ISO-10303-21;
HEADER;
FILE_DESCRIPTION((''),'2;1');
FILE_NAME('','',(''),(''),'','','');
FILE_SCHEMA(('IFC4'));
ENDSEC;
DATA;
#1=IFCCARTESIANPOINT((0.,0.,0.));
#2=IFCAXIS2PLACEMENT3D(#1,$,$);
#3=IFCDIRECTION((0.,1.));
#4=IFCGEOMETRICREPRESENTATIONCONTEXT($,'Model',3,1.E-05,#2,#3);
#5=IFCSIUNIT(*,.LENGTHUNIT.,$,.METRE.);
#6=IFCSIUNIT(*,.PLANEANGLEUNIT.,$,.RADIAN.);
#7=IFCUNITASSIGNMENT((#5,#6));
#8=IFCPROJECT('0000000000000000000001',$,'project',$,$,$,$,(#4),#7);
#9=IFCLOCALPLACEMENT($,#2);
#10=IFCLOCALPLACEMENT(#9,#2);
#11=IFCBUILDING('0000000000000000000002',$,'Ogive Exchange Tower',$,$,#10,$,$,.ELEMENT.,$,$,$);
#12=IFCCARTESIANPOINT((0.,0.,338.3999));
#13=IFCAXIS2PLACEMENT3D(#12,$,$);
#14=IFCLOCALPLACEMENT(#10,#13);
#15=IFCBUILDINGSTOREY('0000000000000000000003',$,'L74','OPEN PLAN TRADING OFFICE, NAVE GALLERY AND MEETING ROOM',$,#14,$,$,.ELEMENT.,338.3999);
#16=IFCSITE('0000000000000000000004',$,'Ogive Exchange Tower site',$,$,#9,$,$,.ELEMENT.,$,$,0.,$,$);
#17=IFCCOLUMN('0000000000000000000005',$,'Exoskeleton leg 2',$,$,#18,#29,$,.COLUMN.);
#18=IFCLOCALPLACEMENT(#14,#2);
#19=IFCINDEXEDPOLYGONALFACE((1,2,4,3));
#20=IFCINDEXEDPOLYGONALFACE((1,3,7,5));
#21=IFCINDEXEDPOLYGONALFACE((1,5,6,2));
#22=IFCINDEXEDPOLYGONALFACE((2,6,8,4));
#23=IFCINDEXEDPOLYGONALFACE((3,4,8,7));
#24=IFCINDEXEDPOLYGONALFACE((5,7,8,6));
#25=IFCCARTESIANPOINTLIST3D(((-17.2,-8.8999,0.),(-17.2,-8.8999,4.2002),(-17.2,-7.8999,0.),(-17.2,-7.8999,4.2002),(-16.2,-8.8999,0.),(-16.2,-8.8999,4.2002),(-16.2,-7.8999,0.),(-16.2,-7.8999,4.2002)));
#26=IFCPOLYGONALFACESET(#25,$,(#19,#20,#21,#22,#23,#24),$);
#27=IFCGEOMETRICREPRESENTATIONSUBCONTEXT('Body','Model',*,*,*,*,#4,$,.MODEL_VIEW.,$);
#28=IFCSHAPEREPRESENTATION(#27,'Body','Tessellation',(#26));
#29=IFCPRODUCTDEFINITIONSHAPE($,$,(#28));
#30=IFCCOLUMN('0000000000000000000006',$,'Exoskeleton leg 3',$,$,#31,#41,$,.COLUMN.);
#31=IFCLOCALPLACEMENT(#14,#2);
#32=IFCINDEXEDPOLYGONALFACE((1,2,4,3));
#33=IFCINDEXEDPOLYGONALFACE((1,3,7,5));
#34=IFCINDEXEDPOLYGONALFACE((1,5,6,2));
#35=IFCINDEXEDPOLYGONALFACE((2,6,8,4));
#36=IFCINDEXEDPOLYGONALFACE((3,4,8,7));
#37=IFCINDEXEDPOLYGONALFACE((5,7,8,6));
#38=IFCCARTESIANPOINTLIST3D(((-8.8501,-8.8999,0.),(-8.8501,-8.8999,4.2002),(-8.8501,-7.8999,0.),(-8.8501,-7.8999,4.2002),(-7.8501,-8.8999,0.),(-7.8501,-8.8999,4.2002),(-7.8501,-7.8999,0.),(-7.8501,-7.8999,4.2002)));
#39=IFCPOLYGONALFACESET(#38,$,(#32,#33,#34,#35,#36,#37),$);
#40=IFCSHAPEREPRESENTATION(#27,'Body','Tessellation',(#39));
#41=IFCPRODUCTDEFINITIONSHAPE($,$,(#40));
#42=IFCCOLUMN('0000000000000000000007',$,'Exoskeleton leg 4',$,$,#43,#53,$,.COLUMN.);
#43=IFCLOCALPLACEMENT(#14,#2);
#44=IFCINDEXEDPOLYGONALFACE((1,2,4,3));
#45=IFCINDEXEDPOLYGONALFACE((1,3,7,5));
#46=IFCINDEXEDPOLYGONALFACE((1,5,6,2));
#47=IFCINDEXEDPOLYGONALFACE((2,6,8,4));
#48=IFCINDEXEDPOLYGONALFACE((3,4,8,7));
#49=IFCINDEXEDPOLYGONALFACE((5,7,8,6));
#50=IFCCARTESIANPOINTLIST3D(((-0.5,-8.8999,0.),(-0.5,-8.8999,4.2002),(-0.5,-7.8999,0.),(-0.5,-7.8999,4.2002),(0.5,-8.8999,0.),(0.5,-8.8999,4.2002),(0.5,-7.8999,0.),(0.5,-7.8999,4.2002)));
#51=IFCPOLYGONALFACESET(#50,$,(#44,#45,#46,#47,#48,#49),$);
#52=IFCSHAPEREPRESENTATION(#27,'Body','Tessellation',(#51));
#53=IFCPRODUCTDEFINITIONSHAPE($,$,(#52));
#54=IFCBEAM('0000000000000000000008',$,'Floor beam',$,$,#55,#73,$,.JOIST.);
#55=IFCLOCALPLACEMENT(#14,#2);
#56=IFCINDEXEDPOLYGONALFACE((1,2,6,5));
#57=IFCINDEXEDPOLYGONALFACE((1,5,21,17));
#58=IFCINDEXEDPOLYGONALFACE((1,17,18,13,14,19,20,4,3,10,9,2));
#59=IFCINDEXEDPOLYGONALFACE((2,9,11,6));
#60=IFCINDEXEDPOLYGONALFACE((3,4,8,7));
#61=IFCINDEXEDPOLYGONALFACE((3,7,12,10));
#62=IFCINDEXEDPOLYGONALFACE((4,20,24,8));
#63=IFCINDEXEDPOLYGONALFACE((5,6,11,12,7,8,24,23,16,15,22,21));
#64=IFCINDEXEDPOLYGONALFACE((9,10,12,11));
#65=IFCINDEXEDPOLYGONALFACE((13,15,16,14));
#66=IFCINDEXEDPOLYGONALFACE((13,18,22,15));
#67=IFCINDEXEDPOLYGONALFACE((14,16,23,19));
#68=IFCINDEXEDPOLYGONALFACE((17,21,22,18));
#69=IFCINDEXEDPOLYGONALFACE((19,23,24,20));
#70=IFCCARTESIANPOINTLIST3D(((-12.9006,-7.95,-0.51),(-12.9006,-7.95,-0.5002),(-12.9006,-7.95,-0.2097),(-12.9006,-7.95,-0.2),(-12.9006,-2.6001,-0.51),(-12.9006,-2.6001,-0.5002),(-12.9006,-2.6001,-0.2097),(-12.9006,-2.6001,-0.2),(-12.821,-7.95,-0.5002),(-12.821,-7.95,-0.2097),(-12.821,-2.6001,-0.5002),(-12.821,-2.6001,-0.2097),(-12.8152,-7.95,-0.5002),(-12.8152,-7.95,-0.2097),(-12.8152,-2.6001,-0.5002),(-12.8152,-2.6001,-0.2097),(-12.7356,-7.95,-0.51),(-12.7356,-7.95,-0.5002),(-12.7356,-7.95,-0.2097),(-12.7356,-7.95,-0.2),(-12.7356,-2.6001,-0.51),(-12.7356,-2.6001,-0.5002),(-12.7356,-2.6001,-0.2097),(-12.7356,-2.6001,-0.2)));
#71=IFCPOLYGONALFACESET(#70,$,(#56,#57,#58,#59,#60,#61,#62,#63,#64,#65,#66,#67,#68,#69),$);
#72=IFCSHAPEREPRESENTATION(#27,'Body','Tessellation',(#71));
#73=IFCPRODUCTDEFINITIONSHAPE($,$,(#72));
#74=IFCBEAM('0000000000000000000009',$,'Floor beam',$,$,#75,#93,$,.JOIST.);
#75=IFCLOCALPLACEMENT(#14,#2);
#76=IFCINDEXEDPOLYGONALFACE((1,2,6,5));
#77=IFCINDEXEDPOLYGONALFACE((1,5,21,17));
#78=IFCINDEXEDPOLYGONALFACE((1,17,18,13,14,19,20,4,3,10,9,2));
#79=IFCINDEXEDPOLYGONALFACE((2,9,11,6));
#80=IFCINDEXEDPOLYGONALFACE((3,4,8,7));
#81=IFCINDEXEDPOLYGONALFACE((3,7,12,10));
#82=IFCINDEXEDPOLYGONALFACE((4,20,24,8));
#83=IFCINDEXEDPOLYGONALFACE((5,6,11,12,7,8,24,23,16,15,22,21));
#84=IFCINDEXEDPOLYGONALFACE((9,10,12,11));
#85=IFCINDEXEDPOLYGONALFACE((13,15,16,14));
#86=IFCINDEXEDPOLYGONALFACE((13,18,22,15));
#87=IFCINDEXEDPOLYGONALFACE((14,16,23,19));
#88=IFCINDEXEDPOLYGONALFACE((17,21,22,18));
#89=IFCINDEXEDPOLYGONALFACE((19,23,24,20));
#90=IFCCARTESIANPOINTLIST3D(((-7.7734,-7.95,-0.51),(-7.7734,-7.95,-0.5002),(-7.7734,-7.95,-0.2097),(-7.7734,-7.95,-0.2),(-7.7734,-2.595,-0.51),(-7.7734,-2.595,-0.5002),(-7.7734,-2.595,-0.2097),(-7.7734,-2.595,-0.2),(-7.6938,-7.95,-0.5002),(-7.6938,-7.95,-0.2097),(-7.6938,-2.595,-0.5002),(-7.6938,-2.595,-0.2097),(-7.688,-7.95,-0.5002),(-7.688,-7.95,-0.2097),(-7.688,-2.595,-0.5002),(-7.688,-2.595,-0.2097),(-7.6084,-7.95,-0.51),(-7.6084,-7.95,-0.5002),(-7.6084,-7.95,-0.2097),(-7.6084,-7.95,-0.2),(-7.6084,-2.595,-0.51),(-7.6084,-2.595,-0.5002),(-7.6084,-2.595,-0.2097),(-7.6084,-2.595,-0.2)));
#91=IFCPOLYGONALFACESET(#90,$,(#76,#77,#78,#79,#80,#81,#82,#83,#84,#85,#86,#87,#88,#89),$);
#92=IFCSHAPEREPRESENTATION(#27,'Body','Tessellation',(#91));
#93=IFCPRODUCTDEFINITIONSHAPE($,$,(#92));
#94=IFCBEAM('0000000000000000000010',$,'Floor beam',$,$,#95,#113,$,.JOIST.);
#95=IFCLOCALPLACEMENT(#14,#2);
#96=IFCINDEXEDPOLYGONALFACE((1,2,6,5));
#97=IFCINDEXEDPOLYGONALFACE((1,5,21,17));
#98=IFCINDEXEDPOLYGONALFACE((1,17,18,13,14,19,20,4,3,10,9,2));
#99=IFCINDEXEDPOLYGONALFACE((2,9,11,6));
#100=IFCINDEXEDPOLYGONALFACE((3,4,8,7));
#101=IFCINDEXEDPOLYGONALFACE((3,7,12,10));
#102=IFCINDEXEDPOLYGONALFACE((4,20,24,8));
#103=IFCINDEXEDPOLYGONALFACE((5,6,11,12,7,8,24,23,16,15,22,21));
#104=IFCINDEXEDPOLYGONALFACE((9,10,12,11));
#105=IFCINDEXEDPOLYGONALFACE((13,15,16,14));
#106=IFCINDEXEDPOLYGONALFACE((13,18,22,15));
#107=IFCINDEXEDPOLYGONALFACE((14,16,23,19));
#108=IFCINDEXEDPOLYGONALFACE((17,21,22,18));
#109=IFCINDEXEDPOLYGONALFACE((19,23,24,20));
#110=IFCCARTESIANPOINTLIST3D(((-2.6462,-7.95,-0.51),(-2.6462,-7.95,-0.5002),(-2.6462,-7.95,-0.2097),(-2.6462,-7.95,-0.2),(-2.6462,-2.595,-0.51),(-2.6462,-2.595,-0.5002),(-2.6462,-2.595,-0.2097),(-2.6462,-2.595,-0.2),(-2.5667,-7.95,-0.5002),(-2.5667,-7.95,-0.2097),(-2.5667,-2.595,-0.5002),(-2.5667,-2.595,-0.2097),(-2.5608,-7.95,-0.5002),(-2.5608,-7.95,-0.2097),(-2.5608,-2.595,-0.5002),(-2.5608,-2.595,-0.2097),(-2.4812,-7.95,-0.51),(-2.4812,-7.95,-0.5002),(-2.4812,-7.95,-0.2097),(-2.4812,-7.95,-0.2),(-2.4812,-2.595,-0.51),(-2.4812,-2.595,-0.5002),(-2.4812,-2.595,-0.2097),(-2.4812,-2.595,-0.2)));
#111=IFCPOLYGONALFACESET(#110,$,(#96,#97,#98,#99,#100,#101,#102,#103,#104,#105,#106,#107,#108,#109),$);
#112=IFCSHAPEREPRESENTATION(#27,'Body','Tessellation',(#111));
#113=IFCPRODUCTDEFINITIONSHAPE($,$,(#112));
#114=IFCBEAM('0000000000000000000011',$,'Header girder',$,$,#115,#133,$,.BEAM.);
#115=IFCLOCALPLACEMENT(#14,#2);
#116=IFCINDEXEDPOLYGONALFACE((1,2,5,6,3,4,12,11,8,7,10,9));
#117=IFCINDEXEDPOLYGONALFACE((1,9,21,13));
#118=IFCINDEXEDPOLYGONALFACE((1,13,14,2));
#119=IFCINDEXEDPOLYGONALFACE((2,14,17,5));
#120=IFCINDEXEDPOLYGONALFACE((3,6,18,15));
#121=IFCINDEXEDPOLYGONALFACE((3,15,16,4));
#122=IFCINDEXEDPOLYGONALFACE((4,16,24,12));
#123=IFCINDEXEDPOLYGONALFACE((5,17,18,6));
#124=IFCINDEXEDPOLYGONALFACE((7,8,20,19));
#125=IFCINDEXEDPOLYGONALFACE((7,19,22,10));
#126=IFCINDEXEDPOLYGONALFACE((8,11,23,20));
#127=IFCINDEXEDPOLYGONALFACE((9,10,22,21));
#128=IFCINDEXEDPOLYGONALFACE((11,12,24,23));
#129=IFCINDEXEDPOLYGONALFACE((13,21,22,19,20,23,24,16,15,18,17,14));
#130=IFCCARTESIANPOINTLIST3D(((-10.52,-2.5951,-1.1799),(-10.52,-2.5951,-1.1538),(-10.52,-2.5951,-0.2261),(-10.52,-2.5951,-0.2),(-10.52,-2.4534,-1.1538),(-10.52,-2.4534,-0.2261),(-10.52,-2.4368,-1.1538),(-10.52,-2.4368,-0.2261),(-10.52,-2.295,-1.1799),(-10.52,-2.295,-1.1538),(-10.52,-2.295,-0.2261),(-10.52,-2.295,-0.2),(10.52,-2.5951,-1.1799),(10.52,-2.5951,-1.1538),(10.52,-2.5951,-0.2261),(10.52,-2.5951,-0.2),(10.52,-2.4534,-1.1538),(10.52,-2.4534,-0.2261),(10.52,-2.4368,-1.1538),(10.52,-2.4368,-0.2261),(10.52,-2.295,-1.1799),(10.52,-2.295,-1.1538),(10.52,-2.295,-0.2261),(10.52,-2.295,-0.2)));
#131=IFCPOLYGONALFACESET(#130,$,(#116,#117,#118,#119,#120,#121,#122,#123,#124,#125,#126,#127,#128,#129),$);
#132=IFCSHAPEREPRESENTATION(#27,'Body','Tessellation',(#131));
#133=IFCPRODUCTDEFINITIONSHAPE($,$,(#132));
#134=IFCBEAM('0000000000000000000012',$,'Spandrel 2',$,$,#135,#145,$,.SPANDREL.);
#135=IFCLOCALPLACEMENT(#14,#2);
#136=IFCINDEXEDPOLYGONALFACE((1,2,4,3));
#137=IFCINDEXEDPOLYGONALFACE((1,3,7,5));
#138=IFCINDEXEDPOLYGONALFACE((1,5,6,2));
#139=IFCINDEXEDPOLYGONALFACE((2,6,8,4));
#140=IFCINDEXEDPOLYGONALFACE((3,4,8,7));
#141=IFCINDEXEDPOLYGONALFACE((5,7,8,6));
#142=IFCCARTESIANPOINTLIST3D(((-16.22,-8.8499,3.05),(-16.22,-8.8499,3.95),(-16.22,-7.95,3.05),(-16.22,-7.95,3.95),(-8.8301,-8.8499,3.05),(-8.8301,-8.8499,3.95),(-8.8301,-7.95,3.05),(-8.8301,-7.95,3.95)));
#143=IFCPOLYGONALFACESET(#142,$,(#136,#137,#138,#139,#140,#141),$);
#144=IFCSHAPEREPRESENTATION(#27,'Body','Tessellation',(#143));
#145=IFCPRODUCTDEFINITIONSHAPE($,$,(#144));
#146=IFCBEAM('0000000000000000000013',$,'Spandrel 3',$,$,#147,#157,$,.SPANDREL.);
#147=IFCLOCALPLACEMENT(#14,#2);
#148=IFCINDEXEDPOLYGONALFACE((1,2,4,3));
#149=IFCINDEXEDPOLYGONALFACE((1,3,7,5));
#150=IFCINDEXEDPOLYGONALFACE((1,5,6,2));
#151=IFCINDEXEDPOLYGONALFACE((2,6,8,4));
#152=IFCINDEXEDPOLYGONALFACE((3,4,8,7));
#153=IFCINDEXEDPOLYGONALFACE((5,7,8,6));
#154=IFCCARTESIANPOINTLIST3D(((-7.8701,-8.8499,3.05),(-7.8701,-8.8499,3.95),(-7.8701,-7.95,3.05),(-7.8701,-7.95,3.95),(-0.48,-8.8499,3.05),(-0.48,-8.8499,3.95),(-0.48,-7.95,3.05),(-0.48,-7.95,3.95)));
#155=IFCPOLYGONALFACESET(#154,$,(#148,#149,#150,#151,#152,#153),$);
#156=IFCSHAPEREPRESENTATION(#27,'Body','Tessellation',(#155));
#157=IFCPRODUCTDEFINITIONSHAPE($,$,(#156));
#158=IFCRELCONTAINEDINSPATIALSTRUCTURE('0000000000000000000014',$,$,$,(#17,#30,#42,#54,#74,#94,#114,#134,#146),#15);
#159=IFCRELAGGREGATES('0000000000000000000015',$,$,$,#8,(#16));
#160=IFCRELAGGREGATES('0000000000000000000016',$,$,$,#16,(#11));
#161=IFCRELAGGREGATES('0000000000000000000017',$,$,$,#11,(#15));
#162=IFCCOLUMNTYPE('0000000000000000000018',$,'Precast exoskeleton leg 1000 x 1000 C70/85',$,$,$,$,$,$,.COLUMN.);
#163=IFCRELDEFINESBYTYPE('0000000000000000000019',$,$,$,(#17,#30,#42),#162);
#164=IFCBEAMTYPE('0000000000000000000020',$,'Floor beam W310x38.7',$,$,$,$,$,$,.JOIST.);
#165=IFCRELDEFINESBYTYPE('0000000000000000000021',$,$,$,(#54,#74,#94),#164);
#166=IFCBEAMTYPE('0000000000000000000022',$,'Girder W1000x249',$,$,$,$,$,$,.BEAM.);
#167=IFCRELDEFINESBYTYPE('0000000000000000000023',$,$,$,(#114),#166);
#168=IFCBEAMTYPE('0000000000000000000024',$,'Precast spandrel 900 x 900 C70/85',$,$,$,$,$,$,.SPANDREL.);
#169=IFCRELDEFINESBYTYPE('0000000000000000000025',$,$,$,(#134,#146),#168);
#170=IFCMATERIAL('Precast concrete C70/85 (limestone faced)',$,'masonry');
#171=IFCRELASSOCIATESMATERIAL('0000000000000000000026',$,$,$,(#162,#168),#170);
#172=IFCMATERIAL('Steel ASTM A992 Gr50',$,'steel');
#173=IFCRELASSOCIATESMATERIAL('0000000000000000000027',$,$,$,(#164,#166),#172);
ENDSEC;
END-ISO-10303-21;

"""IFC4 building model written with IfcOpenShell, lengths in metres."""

from ifc_helpers import new_model, si_unit, direction, frame, origin, origin_2d, place, context, subcontext, project, spatial, rectangle, i_section, extrude, material, material_profile, profile_set, type_object, element, save


model = new_model("IFC4")

# Units and contexts
model_context = context("Model", 3, precision=1e-05, world=origin(), true_north=direction((0.0, 1.0)))
body_context = subcontext(model_context, "Body", "Model", "MODEL_VIEW")
ifc_project = project(units=[si_unit("LENGTHUNIT", "METRE"), si_unit("PLANEANGLEUNIT", "RADIAN")], contexts=[model_context])

# Site, building, storey
site_placement = place(None, origin())
site = spatial("IfcSite", under=ifc_project, at=site_placement, Name="Ogive Exchange Tower site", CompositionType="ELEMENT", RefElevation=0.0)
building_placement = place(site_placement, origin())
building = spatial("IfcBuilding", under=site, at=building_placement, Name="Ogive Exchange Tower", CompositionType="ELEMENT")
storey_placement = place(building_placement, frame((0.0, 0.0, 338.3999)))
storey = spatial("IfcBuildingStorey", under=building, at=storey_placement, Name="L74", Description="OPEN PLAN TRADING OFFICE, NAVE GALLERY AND MEETING ROOM", CompositionType="ELEMENT", Elevation=338.3999)

# Columns
ifc_material_1 = material(Name="Precast concrete C70/85 (limestone faced)", Category="masonry")
ifc_material_profile_1 = material_profile(ifc_material_1, rectangle(XDim=1.0, YDim=1.0, at=origin_2d()), Name="1000 x 1000")
ifc_profile_set_1 = profile_set([ifc_material_profile_1], Name="Precast concrete C70/85 (limestone faced)")
column_type = type_object("IfcColumnType", Name="Precast exoskeleton leg 1000 x 1000 C70/85", PredefinedType="COLUMN", material=ifc_profile_set_1)
for number, where, z_axis, x_axis, name in (
    (1, (-16.7, -8.3999, 0.0), (0.0, 0.0, 1.0), (1.0, 0.0, 0.0), "Exoskeleton leg 2"),
    (2, (-8.3501, -8.3999, 0.0), (0.0, 0.0, 1.0), (1.0, 0.0, 0.0), "Exoskeleton leg 3"),
    (3, (0.0, -8.3999, 0.0), (0.0, 0.0, 1.0), (1.0, 0.0, 0.0), "Exoskeleton leg 4"),
):
    element("IfcColumn", number, at=place(storey_placement, frame(where, z_axis=z_axis, x_axis=x_axis)), inside=storey, type_object=column_type, Name=name, PredefinedType="COLUMN", context=body_context, shape_type="SweptSolid", body=[
        extrude(rectangle(XDim=1.0, YDim=1.0, at=origin_2d()), origin(), (0.0, 0.0, 1.0), 4.2002),
    ])

# Beams
ifc_material_2 = material(Name="Steel ASTM A992 Gr50", Category="steel")
ifc_material_profile_2 = material_profile(ifc_material_2, i_section(OverallWidth=0.165, OverallDepth=0.3101, WebThickness=0.0059, FlangeThickness=0.0098, at=origin_2d()), Name="W310x38.7")
ifc_profile_set_2 = profile_set([ifc_material_profile_2], Name="Steel ASTM A992 Gr50")
beam_type_1 = type_object("IfcBeamType", Name="Floor beam W310x38.7", PredefinedType="JOIST", material=ifc_profile_set_2)
beam_1_placement = place(storey_placement, frame((-12.8181, -7.95, -0.355), z_axis=(0.0, 1.0, 0.0), x_axis=(-1.0, 0.0, 0.0)))
element("IfcBeam", 4, at=beam_1_placement, inside=storey, type_object=beam_type_1, Name="Floor beam", PredefinedType="JOIST", context=body_context, shape_type="SweptSolid", body=[
    extrude(i_section(OverallWidth=0.165, OverallDepth=0.3101, WebThickness=0.0059, FlangeThickness=0.0098, at=origin_2d()), origin(), (0.0, 0.0, 1.0), 5.3499),
])
for number, where, z_axis, x_axis, name in (
    (5, (-7.6909, -7.95, -0.355), (0.0, 1.0, 0.0), (-1.0, 0.0, 0.0), "Floor beam"),
    (6, (-2.5637, -7.95, -0.355), (0.0, 1.0, 0.0), (-1.0, 0.0, 0.0), "Floor beam"),
):
    element("IfcBeam", number, at=place(storey_placement, frame(where, z_axis=z_axis, x_axis=x_axis)), inside=storey, type_object=beam_type_1, Name=name, PredefinedType="JOIST", context=body_context, shape_type="SweptSolid", body=[
        extrude(i_section(OverallWidth=0.165, OverallDepth=0.3101, WebThickness=0.0059, FlangeThickness=0.0098, at=origin_2d()), origin(), (0.0, 0.0, 1.0), 5.355),
    ])
ifc_material_profile_3 = material_profile(ifc_material_2, i_section(OverallWidth=0.3, OverallDepth=0.98, WebThickness=0.0166, FlangeThickness=0.0261, at=origin_2d()), Name="W1000x249")
ifc_profile_set_3 = profile_set([ifc_material_profile_3], Name="Steel ASTM A992 Gr50")
beam_type_2 = type_object("IfcBeamType", Name="Girder W1000x249", PredefinedType="BEAM", material=ifc_profile_set_3)
beam_2_placement = place(storey_placement, frame((-10.52, -2.4451, -0.6899), z_axis=(1.0, 0.0, 0.0), x_axis=(0.0, 1.0, 0.0)))
element("IfcBeam", 7, at=beam_2_placement, inside=storey, type_object=beam_type_2, Name="Header girder", PredefinedType="BEAM", context=body_context, shape_type="SweptSolid", body=[
    extrude(i_section(OverallWidth=0.3, OverallDepth=0.98, WebThickness=0.0166, FlangeThickness=0.0261, at=origin_2d()), origin(), (0.0, 0.0, 1.0), 21.04),
])
ifc_material_profile_4 = material_profile(ifc_material_1, rectangle(XDim=0.8999, YDim=0.8999, at=origin_2d()), Name="900 x 900")
ifc_profile_set_4 = profile_set([ifc_material_profile_4], Name="Precast concrete C70/85 (limestone faced)")
beam_type_3 = type_object("IfcBeamType", Name="Precast spandrel 900 x 900 C70/85", PredefinedType="SPANDREL", material=ifc_profile_set_4)
beam_3_placement = place(storey_placement, frame((-16.22, -8.3999, 3.5), z_axis=(1.0, 0.0, 0.0), x_axis=(0.0, 1.0, 0.0)))
element("IfcBeam", 8, at=beam_3_placement, inside=storey, type_object=beam_type_3, Name="Spandrel 2", PredefinedType="SPANDREL", context=body_context, shape_type="SweptSolid", body=[
    extrude(rectangle(XDim=0.8999, YDim=0.8999, at=origin_2d()), origin(), (0.0, 0.0, 1.0), 7.3899),
])
beam_4_placement = place(storey_placement, frame((-7.8701, -8.3999, 3.5), z_axis=(1.0, 0.0, 0.0), x_axis=(0.0, 1.0, 0.0)))
element("IfcBeam", 9, at=beam_4_placement, inside=storey, type_object=beam_type_3, Name="Spandrel 3", PredefinedType="SPANDREL", context=body_context, shape_type="SweptSolid", body=[
    extrude(rectangle(XDim=0.8999, YDim=0.8999, at=origin_2d()), origin(), (0.0, 0.0, 1.0), 7.3901),
])

save(model, "model.ifc")
